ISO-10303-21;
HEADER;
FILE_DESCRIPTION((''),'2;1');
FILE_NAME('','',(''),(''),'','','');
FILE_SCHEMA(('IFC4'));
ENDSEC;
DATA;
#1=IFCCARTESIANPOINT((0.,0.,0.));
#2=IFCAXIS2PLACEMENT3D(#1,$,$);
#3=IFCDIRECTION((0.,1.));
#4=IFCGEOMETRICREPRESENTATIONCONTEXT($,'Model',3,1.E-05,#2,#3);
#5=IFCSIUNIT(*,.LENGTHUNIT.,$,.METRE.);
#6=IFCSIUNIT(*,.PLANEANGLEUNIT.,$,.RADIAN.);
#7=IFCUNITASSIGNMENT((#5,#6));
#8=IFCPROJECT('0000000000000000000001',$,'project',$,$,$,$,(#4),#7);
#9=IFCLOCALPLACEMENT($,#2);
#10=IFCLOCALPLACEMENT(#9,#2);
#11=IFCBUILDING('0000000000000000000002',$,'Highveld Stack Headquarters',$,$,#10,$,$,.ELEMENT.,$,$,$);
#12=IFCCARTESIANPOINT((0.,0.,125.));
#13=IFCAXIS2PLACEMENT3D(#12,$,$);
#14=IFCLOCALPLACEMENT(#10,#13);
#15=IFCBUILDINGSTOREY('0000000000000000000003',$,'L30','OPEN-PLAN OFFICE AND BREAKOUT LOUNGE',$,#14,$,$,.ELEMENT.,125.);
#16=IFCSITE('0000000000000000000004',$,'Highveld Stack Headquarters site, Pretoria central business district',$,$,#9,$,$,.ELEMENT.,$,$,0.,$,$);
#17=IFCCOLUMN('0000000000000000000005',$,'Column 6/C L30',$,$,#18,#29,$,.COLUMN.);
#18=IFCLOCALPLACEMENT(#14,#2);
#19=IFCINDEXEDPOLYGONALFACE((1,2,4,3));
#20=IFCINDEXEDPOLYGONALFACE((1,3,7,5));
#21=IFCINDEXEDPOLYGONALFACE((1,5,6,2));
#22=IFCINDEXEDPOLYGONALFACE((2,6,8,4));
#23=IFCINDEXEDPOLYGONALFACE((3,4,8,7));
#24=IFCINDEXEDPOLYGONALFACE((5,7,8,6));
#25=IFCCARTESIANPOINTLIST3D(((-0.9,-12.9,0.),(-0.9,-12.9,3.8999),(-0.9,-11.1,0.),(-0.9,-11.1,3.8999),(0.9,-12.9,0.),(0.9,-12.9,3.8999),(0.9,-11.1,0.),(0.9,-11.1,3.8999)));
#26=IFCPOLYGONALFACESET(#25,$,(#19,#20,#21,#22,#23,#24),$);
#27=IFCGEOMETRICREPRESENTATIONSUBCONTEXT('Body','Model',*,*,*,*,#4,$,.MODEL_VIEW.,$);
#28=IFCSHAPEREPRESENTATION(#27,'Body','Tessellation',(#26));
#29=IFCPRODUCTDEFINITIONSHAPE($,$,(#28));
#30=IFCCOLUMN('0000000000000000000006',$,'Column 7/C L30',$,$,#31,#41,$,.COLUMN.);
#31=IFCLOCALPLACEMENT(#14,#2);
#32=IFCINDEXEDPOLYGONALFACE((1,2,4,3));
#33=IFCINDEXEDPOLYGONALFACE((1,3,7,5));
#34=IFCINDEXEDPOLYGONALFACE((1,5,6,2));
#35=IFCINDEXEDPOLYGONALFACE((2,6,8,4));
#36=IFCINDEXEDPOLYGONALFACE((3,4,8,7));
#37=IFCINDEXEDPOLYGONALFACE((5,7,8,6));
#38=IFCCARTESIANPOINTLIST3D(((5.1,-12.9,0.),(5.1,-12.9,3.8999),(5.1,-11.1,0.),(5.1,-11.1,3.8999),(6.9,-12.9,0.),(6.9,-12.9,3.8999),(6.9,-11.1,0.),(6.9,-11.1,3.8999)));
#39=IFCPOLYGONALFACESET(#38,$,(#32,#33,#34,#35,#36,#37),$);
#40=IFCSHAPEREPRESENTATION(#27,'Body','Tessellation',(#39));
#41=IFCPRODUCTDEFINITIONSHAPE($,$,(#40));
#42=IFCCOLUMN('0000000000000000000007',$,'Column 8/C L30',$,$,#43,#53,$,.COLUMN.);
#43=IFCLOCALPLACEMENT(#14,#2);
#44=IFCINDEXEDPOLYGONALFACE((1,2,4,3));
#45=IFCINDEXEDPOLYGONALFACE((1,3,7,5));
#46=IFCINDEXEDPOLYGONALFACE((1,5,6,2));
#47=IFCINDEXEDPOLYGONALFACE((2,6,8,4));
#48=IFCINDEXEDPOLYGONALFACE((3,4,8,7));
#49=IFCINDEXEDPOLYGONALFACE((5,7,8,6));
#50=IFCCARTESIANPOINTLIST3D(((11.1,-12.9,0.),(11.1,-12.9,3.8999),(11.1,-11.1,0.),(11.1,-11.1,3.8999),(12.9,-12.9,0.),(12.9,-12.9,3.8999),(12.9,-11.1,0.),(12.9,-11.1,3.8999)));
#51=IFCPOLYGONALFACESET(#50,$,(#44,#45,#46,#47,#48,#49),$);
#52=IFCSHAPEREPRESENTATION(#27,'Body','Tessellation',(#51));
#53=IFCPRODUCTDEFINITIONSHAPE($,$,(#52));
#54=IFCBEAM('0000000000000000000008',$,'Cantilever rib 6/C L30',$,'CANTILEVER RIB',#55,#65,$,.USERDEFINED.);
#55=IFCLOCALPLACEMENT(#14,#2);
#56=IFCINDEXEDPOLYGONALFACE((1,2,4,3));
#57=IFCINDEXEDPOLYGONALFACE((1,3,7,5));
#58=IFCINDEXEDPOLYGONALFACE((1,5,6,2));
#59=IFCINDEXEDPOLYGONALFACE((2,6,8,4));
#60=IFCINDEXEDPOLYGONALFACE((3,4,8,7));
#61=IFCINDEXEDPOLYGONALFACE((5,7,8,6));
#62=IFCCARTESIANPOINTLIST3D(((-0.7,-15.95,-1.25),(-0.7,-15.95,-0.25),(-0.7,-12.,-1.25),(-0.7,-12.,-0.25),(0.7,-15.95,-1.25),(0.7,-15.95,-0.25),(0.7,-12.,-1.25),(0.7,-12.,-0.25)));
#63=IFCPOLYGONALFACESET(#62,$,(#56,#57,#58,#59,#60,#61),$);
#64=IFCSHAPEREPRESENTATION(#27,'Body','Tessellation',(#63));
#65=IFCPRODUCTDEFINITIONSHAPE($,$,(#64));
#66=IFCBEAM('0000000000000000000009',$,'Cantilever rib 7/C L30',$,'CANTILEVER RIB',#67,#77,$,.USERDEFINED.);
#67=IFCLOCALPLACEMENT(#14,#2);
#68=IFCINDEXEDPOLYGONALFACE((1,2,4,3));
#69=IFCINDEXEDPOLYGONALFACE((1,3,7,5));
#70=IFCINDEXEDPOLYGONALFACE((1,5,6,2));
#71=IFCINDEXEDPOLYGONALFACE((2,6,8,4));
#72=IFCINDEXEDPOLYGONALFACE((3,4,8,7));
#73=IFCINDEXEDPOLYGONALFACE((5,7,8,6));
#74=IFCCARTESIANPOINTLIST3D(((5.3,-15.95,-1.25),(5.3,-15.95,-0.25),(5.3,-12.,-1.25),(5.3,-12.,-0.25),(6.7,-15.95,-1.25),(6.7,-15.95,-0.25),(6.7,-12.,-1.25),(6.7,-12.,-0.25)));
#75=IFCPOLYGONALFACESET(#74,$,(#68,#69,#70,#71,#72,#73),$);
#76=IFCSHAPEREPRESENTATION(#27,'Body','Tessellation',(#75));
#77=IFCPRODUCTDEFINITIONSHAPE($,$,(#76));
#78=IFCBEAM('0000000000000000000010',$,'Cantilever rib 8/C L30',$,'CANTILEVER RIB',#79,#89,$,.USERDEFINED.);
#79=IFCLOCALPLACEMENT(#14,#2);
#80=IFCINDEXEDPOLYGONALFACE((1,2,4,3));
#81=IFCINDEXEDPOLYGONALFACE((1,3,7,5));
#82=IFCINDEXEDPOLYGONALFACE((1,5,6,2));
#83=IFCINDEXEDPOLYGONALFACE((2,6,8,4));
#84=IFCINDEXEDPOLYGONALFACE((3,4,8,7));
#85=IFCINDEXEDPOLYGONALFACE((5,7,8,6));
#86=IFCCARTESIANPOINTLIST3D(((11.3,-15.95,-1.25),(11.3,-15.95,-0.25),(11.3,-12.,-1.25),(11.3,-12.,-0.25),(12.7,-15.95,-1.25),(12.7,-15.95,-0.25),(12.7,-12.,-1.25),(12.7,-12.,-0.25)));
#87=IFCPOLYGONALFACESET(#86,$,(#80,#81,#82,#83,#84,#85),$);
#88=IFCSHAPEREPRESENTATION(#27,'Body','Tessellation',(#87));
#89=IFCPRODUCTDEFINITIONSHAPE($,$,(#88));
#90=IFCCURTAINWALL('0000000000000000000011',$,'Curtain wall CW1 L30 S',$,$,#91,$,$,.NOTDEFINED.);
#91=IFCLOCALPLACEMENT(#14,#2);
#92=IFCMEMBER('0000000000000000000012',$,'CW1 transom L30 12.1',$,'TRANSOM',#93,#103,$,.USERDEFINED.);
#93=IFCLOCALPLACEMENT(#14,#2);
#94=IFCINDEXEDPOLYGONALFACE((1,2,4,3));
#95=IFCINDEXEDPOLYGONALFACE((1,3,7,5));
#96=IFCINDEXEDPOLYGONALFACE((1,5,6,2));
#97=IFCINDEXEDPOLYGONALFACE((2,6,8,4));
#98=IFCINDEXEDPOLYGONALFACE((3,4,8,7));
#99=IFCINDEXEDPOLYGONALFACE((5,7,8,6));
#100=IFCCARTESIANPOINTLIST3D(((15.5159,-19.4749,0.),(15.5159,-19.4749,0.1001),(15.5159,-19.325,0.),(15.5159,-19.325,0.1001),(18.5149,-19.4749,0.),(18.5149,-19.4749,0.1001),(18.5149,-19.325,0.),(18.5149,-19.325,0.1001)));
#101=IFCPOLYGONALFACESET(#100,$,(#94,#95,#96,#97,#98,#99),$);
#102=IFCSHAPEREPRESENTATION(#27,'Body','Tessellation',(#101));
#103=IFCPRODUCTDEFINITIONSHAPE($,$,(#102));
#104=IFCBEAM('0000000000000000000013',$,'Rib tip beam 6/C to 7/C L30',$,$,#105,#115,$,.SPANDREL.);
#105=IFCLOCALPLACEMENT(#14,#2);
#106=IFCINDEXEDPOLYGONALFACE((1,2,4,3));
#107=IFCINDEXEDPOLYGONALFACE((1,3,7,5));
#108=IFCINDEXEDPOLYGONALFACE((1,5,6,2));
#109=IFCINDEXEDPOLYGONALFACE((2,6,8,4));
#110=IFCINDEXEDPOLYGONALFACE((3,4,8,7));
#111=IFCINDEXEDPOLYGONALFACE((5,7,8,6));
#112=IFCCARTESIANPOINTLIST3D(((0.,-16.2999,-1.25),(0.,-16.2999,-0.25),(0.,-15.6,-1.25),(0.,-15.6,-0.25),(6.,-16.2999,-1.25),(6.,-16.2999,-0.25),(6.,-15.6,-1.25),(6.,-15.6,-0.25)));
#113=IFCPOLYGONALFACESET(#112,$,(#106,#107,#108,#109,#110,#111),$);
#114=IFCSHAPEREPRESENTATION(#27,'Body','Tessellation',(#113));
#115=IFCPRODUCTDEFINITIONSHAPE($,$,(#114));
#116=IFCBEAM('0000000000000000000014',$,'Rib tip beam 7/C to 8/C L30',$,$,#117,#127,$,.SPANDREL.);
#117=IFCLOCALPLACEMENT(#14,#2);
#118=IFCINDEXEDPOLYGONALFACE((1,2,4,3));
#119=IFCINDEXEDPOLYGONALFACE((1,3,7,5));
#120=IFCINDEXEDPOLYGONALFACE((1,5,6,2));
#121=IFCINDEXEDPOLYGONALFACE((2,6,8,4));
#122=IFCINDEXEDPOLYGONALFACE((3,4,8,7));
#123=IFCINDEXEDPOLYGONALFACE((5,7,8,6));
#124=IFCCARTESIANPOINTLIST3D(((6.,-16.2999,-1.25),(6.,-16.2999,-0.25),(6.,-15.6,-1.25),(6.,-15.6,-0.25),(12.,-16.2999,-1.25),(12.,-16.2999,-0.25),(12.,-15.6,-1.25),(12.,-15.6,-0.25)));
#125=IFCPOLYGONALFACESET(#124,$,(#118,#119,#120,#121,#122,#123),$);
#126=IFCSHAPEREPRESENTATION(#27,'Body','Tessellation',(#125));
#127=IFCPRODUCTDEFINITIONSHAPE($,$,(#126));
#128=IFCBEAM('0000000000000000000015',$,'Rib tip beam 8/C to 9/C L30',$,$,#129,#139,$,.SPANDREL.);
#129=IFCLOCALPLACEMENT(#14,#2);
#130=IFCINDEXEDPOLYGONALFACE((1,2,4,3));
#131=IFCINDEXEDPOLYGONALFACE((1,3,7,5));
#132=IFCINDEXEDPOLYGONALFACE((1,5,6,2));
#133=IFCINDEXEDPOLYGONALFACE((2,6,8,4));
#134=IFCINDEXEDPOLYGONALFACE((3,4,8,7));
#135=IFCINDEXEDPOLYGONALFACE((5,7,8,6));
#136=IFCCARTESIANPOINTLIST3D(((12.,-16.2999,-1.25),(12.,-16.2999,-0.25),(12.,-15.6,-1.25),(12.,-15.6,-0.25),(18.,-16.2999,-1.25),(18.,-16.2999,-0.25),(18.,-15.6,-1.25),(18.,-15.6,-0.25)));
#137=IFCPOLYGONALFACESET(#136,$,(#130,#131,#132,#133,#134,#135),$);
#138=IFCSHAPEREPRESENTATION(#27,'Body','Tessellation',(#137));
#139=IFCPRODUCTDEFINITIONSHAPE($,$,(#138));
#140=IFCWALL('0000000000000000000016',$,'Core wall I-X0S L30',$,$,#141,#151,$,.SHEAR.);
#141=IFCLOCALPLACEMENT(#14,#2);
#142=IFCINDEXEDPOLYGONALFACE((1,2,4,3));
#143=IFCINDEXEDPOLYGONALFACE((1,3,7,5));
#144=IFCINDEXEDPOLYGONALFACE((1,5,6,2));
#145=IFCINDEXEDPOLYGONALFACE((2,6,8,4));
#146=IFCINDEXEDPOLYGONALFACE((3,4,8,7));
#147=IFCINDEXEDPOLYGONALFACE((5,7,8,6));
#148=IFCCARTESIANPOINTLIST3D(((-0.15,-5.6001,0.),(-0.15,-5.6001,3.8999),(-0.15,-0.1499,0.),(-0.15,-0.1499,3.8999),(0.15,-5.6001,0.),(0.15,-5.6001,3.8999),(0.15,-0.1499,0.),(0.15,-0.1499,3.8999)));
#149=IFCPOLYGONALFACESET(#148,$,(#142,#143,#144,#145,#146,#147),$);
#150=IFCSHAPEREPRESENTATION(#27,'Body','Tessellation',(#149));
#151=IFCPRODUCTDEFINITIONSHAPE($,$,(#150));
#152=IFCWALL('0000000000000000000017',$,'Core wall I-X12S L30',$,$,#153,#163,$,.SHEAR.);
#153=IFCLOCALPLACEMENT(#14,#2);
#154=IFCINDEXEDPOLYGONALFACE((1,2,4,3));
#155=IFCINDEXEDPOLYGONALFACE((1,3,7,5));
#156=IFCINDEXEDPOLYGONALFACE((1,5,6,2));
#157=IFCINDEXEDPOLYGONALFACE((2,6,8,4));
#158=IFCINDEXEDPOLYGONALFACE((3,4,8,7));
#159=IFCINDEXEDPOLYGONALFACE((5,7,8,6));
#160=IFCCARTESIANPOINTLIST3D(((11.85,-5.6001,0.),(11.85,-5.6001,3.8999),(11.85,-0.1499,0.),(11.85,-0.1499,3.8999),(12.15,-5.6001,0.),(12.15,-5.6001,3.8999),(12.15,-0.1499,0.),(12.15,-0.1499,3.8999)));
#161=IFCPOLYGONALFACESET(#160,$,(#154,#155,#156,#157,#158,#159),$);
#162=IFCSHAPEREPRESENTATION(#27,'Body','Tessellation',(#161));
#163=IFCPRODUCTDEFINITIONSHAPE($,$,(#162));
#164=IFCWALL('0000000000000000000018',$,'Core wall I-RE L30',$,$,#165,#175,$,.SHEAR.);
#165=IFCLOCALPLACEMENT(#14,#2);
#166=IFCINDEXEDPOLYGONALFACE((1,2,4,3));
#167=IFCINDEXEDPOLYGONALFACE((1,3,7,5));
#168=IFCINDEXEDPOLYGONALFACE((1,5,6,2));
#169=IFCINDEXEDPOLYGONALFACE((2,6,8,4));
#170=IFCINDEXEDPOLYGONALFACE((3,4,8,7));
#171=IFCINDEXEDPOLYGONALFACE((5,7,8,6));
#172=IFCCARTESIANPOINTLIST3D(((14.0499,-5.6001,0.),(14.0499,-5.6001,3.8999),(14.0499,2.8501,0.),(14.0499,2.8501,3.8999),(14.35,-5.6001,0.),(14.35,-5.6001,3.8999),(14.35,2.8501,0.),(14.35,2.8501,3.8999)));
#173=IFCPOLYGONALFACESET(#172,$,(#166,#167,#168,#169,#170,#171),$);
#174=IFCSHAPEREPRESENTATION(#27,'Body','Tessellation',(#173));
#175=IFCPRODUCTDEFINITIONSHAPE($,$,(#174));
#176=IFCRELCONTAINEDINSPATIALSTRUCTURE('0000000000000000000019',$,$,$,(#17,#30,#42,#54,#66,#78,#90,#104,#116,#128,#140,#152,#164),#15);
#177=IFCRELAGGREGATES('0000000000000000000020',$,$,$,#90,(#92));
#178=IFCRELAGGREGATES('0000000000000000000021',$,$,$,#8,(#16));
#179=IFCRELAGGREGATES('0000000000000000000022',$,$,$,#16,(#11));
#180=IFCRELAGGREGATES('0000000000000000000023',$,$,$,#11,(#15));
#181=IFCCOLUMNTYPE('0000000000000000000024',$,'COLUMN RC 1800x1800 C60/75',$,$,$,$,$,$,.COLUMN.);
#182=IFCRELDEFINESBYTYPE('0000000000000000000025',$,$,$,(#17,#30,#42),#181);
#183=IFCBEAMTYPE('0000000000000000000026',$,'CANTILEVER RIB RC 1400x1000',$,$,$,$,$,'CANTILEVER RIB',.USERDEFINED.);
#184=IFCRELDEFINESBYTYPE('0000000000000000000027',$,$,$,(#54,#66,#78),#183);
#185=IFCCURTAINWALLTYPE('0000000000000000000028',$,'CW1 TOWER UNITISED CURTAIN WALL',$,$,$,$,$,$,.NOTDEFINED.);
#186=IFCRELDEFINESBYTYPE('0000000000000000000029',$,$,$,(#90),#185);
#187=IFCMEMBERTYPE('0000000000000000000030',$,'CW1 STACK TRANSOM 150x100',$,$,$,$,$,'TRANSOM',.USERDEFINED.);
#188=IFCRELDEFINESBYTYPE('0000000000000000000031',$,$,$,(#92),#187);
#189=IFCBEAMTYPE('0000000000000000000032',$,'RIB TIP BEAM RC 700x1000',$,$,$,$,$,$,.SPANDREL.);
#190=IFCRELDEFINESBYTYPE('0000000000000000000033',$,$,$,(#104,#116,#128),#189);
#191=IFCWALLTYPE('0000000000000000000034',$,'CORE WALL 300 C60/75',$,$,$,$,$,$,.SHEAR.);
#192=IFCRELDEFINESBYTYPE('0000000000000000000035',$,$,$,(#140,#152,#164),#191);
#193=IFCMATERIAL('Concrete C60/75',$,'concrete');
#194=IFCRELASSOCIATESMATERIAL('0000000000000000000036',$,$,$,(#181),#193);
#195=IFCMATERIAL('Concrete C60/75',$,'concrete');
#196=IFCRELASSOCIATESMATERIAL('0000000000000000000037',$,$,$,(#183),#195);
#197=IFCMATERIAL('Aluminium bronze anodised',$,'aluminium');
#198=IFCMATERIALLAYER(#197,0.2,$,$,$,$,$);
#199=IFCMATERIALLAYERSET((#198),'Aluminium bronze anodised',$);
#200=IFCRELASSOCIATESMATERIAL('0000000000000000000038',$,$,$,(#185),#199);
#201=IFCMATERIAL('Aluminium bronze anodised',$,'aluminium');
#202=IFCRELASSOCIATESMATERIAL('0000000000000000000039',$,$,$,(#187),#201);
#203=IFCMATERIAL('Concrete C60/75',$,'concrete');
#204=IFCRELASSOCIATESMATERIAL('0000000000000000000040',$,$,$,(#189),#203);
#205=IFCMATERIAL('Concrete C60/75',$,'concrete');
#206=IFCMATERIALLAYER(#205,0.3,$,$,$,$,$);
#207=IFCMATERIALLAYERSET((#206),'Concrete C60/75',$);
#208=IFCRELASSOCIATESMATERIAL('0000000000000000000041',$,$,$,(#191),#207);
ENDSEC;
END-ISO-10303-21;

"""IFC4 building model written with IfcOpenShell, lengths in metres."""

from ifc_helpers import new_model, si_unit, direction, frame, frame_2d, origin, origin_2d, place, context, subcontext, project, spatial, rectangle, extrude, material, layer, layer_set, material_profile, profile_set, type_object, element, aggregate, save


model = new_model("IFC4")

# Units and contexts
model_context = context("Model", 3, precision=1e-05, world=origin(), true_north=direction((0.0, 1.0)))
body_context = subcontext(model_context, "Body", "Model", "MODEL_VIEW")
ifc_project = project(units=[si_unit("LENGTHUNIT", "METRE"), si_unit("PLANEANGLEUNIT", "RADIAN")], contexts=[model_context])

# Site, building, storey
site_placement = place(None, origin())
site = spatial("IfcSite", under=ifc_project, at=site_placement, Name="Highveld Stack Headquarters site, Pretoria central business district", CompositionType="ELEMENT", RefElevation=0.0)
building_placement = place(site_placement, origin())
building = spatial("IfcBuilding", under=site, at=building_placement, Name="Highveld Stack Headquarters", CompositionType="ELEMENT")
storey_placement = place(building_placement, frame((0.0, 0.0, 125.0)))
storey = spatial("IfcBuildingStorey", under=building, at=storey_placement, Name="L30", Description="OPEN-PLAN OFFICE AND BREAKOUT LOUNGE", CompositionType="ELEMENT", Elevation=125.0)

# Columns
ifc_material_1 = material(Name="Concrete C60/75", Category="concrete")
ifc_material_profile_1 = material_profile(ifc_material_1, rectangle(XDim=1.8, YDim=1.8, at=origin_2d()), Name="RC 1800x1800")
ifc_profile_set_1 = profile_set([ifc_material_profile_1], Name="Concrete C60/75")
column_type = type_object("IfcColumnType", Name="COLUMN RC 1800x1800 C60/75", PredefinedType="COLUMN", material=ifc_profile_set_1)
for number, where, z_axis, x_axis, name in (
    (1, (0.0, -12.0, 0.0), (0.0, 0.0, 1.0), (1.0, 0.0, 0.0), "Column 6/C L30"),
    (2, (6.0, -12.0, 0.0), (0.0, 0.0, 1.0), (1.0, 0.0, 0.0), "Column 7/C L30"),
    (3, (12.0, -12.0, 0.0), (0.0, 0.0, 1.0), (1.0, 0.0, 0.0), "Column 8/C L30"),
):
    element("IfcColumn", number, at=place(storey_placement, frame(where, z_axis=z_axis, x_axis=x_axis)), inside=storey, type_object=column_type, Name=name, PredefinedType="COLUMN", context=body_context, shape_type="SweptSolid", body=[
        extrude(rectangle(XDim=1.8, YDim=1.8, at=origin_2d()), origin(), (0.0, 0.0, 1.0), 3.8999),
    ])

# Beams
ifc_material_2 = material(Name="Concrete C60/75", Category="concrete")
ifc_material_profile_2 = material_profile(ifc_material_2, rectangle(XDim=1.3999, YDim=1.0, at=origin_2d()), Name="RC 1400x1000")
ifc_profile_set_2 = profile_set([ifc_material_profile_2], Name="Concrete C60/75")
beam_type_1 = type_object("IfcBeamType", Name="CANTILEVER RIB RC 1400x1000", ElementType="CANTILEVER RIB", PredefinedType="USERDEFINED", material=ifc_profile_set_2)
for number, where, z_axis, x_axis, name in (
    (4, (0.0, -12.0, -0.75), (0.0, -1.0, 0.0), (1.0, 0.0, 0.0), "Cantilever rib 6/C L30"),
    (5, (6.0, -12.0, -0.75), (0.0, -1.0, 0.0), (1.0, 0.0, 0.0), "Cantilever rib 7/C L30"),
    (6, (12.0, -12.0, -0.75), (0.0, -1.0, 0.0), (1.0, 0.0, 0.0), "Cantilever rib 8/C L30"),
):
    element("IfcBeam", number, at=place(storey_placement, frame(where, z_axis=z_axis, x_axis=x_axis)), inside=storey, type_object=beam_type_1, Name=name, ObjectType="CANTILEVER RIB", PredefinedType="USERDEFINED", context=body_context, shape_type="SweptSolid", body=[
        extrude(rectangle(XDim=1.3999, YDim=1.0, at=origin_2d()), origin(), (0.0, 0.0, 1.0), 3.95),
    ])

# Curtain wall, member
ifc_material_3 = material(Name="Aluminium bronze anodised", Category="aluminium")
ifc_layer_1 = layer(ifc_material_3, 0.2)
ifc_layer_set_1 = layer_set([ifc_layer_1], Name="Aluminium bronze anodised")
curtain_wall_type = type_object("IfcCurtainWallType", Name="CW1 TOWER UNITISED CURTAIN WALL", PredefinedType="NOTDEFINED", material=ifc_layer_set_1)
curtain_wall_placement = place(storey_placement, origin())
curtain_wall = element("IfcCurtainWall", 7, at=curtain_wall_placement, inside=storey, type_object=curtain_wall_type, Name="Curtain wall CW1 L30 S", PredefinedType="NOTDEFINED")
ifc_material_4 = material(Name="Aluminium bronze anodised", Category="aluminium")
ifc_material_profile_3 = material_profile(ifc_material_4, rectangle(XDim=0.1499, YDim=0.1001, at=origin_2d()), Name="CW1 TRANSOM 150x100")
ifc_profile_set_3 = profile_set([ifc_material_profile_3], Name="Aluminium bronze anodised")
member_type = type_object("IfcMemberType", Name="CW1 STACK TRANSOM 150x100", ElementType="TRANSOM", PredefinedType="USERDEFINED", material=ifc_profile_set_3)
member_placement = place(storey_placement, frame((15.5159, -19.3999, 0.05), z_axis=(1.0, 0.0, 0.0), x_axis=(0.0, 1.0, 0.0)))
member = element("IfcMember", 8, at=member_placement, type_object=member_type, Name="CW1 transom L30 12.1", ObjectType="TRANSOM", PredefinedType="USERDEFINED", context=body_context, shape_type="SweptSolid", body=[
    extrude(rectangle(XDim=0.1499, YDim=0.1001, at=origin_2d()), origin(), (0.0, 0.0, 1.0), 2.999),
])
aggregate(curtain_wall, [member])

# Beams
ifc_material_5 = material(Name="Concrete C60/75", Category="concrete")
ifc_material_profile_4 = material_profile(ifc_material_5, rectangle(XDim=0.7, YDim=1.0, at=origin_2d()), Name="RC 700x1000")
ifc_profile_set_4 = profile_set([ifc_material_profile_4], Name="Concrete C60/75")
beam_type_2 = type_object("IfcBeamType", Name="RIB TIP BEAM RC 700x1000", PredefinedType="SPANDREL", material=ifc_profile_set_4)
for number, where, z_axis, x_axis, name in (
    (9, (0.0, -15.95, -0.75), (1.0, 0.0, 0.0), (0.0, 1.0, 0.0), "Rib tip beam 6/C to 7/C L30"),
    (10, (6.0, -15.95, -0.75), (1.0, 0.0, 0.0), (0.0, 1.0, 0.0), "Rib tip beam 7/C to 8/C L30"),
    (11, (12.0, -15.95, -0.75), (1.0, 0.0, 0.0), (0.0, 1.0, 0.0), "Rib tip beam 8/C to 9/C L30"),
):
    element("IfcBeam", number, at=place(storey_placement, frame(where, z_axis=z_axis, x_axis=x_axis)), inside=storey, type_object=beam_type_2, Name=name, PredefinedType="SPANDREL", context=body_context, shape_type="SweptSolid", body=[
        extrude(rectangle(XDim=0.7, YDim=1.0, at=origin_2d()), origin(), (0.0, 0.0, 1.0), 6.0),
    ])

# Walls
ifc_material_6 = material(Name="Concrete C60/75", Category="concrete")
ifc_layer_2 = layer(ifc_material_6, 0.3)
ifc_layer_set_2 = layer_set([ifc_layer_2], Name="Concrete C60/75")
wall_type_1 = type_object("IfcWallType", Name="CORE WALL 300 C60/75", PredefinedType="SHEAR", material=ifc_layer_set_2)
for number, where, z_axis, x_axis, name in (
    (12, (0.0, -5.6001, 0.0), (0.0, 0.0, 1.0), (0.0, 1.0, 0.0), "Core wall I-X0S L30"),
    (13, (12.0, -5.6001, 0.0), (0.0, 0.0, 1.0), (0.0, 1.0, 0.0), "Core wall I-X12S L30"),
):
    element("IfcWall", number, at=place(storey_placement, frame(where, z_axis=z_axis, x_axis=x_axis)), inside=storey, type_object=wall_type_1, Name=name, PredefinedType="SHEAR", context=body_context, shape_type="SweptSolid", body=[
        extrude(rectangle(XDim=5.4502, YDim=0.3, at=frame_2d((2.7251, 0.0))), origin(), (0.0, 0.0, 1.0), 3.8999),
    ])
wall_1_placement = place(storey_placement, frame((14.2, -5.6001, 0.0), z_axis=(0.0, 0.0, 1.0), x_axis=(0.0, 1.0, 0.0)))
element("IfcWall", 14, at=wall_1_placement, inside=storey, type_object=wall_type_1, Name="Core wall I-RE L30", PredefinedType="SHEAR", context=body_context, shape_type="SweptSolid", body=[
    extrude(rectangle(XDim=8.4502, YDim=0.3, at=frame_2d((4.2251, 0.0))), origin(), (0.0, 0.0, 1.0), 3.8999),
])

save(model, "model.ifc")
